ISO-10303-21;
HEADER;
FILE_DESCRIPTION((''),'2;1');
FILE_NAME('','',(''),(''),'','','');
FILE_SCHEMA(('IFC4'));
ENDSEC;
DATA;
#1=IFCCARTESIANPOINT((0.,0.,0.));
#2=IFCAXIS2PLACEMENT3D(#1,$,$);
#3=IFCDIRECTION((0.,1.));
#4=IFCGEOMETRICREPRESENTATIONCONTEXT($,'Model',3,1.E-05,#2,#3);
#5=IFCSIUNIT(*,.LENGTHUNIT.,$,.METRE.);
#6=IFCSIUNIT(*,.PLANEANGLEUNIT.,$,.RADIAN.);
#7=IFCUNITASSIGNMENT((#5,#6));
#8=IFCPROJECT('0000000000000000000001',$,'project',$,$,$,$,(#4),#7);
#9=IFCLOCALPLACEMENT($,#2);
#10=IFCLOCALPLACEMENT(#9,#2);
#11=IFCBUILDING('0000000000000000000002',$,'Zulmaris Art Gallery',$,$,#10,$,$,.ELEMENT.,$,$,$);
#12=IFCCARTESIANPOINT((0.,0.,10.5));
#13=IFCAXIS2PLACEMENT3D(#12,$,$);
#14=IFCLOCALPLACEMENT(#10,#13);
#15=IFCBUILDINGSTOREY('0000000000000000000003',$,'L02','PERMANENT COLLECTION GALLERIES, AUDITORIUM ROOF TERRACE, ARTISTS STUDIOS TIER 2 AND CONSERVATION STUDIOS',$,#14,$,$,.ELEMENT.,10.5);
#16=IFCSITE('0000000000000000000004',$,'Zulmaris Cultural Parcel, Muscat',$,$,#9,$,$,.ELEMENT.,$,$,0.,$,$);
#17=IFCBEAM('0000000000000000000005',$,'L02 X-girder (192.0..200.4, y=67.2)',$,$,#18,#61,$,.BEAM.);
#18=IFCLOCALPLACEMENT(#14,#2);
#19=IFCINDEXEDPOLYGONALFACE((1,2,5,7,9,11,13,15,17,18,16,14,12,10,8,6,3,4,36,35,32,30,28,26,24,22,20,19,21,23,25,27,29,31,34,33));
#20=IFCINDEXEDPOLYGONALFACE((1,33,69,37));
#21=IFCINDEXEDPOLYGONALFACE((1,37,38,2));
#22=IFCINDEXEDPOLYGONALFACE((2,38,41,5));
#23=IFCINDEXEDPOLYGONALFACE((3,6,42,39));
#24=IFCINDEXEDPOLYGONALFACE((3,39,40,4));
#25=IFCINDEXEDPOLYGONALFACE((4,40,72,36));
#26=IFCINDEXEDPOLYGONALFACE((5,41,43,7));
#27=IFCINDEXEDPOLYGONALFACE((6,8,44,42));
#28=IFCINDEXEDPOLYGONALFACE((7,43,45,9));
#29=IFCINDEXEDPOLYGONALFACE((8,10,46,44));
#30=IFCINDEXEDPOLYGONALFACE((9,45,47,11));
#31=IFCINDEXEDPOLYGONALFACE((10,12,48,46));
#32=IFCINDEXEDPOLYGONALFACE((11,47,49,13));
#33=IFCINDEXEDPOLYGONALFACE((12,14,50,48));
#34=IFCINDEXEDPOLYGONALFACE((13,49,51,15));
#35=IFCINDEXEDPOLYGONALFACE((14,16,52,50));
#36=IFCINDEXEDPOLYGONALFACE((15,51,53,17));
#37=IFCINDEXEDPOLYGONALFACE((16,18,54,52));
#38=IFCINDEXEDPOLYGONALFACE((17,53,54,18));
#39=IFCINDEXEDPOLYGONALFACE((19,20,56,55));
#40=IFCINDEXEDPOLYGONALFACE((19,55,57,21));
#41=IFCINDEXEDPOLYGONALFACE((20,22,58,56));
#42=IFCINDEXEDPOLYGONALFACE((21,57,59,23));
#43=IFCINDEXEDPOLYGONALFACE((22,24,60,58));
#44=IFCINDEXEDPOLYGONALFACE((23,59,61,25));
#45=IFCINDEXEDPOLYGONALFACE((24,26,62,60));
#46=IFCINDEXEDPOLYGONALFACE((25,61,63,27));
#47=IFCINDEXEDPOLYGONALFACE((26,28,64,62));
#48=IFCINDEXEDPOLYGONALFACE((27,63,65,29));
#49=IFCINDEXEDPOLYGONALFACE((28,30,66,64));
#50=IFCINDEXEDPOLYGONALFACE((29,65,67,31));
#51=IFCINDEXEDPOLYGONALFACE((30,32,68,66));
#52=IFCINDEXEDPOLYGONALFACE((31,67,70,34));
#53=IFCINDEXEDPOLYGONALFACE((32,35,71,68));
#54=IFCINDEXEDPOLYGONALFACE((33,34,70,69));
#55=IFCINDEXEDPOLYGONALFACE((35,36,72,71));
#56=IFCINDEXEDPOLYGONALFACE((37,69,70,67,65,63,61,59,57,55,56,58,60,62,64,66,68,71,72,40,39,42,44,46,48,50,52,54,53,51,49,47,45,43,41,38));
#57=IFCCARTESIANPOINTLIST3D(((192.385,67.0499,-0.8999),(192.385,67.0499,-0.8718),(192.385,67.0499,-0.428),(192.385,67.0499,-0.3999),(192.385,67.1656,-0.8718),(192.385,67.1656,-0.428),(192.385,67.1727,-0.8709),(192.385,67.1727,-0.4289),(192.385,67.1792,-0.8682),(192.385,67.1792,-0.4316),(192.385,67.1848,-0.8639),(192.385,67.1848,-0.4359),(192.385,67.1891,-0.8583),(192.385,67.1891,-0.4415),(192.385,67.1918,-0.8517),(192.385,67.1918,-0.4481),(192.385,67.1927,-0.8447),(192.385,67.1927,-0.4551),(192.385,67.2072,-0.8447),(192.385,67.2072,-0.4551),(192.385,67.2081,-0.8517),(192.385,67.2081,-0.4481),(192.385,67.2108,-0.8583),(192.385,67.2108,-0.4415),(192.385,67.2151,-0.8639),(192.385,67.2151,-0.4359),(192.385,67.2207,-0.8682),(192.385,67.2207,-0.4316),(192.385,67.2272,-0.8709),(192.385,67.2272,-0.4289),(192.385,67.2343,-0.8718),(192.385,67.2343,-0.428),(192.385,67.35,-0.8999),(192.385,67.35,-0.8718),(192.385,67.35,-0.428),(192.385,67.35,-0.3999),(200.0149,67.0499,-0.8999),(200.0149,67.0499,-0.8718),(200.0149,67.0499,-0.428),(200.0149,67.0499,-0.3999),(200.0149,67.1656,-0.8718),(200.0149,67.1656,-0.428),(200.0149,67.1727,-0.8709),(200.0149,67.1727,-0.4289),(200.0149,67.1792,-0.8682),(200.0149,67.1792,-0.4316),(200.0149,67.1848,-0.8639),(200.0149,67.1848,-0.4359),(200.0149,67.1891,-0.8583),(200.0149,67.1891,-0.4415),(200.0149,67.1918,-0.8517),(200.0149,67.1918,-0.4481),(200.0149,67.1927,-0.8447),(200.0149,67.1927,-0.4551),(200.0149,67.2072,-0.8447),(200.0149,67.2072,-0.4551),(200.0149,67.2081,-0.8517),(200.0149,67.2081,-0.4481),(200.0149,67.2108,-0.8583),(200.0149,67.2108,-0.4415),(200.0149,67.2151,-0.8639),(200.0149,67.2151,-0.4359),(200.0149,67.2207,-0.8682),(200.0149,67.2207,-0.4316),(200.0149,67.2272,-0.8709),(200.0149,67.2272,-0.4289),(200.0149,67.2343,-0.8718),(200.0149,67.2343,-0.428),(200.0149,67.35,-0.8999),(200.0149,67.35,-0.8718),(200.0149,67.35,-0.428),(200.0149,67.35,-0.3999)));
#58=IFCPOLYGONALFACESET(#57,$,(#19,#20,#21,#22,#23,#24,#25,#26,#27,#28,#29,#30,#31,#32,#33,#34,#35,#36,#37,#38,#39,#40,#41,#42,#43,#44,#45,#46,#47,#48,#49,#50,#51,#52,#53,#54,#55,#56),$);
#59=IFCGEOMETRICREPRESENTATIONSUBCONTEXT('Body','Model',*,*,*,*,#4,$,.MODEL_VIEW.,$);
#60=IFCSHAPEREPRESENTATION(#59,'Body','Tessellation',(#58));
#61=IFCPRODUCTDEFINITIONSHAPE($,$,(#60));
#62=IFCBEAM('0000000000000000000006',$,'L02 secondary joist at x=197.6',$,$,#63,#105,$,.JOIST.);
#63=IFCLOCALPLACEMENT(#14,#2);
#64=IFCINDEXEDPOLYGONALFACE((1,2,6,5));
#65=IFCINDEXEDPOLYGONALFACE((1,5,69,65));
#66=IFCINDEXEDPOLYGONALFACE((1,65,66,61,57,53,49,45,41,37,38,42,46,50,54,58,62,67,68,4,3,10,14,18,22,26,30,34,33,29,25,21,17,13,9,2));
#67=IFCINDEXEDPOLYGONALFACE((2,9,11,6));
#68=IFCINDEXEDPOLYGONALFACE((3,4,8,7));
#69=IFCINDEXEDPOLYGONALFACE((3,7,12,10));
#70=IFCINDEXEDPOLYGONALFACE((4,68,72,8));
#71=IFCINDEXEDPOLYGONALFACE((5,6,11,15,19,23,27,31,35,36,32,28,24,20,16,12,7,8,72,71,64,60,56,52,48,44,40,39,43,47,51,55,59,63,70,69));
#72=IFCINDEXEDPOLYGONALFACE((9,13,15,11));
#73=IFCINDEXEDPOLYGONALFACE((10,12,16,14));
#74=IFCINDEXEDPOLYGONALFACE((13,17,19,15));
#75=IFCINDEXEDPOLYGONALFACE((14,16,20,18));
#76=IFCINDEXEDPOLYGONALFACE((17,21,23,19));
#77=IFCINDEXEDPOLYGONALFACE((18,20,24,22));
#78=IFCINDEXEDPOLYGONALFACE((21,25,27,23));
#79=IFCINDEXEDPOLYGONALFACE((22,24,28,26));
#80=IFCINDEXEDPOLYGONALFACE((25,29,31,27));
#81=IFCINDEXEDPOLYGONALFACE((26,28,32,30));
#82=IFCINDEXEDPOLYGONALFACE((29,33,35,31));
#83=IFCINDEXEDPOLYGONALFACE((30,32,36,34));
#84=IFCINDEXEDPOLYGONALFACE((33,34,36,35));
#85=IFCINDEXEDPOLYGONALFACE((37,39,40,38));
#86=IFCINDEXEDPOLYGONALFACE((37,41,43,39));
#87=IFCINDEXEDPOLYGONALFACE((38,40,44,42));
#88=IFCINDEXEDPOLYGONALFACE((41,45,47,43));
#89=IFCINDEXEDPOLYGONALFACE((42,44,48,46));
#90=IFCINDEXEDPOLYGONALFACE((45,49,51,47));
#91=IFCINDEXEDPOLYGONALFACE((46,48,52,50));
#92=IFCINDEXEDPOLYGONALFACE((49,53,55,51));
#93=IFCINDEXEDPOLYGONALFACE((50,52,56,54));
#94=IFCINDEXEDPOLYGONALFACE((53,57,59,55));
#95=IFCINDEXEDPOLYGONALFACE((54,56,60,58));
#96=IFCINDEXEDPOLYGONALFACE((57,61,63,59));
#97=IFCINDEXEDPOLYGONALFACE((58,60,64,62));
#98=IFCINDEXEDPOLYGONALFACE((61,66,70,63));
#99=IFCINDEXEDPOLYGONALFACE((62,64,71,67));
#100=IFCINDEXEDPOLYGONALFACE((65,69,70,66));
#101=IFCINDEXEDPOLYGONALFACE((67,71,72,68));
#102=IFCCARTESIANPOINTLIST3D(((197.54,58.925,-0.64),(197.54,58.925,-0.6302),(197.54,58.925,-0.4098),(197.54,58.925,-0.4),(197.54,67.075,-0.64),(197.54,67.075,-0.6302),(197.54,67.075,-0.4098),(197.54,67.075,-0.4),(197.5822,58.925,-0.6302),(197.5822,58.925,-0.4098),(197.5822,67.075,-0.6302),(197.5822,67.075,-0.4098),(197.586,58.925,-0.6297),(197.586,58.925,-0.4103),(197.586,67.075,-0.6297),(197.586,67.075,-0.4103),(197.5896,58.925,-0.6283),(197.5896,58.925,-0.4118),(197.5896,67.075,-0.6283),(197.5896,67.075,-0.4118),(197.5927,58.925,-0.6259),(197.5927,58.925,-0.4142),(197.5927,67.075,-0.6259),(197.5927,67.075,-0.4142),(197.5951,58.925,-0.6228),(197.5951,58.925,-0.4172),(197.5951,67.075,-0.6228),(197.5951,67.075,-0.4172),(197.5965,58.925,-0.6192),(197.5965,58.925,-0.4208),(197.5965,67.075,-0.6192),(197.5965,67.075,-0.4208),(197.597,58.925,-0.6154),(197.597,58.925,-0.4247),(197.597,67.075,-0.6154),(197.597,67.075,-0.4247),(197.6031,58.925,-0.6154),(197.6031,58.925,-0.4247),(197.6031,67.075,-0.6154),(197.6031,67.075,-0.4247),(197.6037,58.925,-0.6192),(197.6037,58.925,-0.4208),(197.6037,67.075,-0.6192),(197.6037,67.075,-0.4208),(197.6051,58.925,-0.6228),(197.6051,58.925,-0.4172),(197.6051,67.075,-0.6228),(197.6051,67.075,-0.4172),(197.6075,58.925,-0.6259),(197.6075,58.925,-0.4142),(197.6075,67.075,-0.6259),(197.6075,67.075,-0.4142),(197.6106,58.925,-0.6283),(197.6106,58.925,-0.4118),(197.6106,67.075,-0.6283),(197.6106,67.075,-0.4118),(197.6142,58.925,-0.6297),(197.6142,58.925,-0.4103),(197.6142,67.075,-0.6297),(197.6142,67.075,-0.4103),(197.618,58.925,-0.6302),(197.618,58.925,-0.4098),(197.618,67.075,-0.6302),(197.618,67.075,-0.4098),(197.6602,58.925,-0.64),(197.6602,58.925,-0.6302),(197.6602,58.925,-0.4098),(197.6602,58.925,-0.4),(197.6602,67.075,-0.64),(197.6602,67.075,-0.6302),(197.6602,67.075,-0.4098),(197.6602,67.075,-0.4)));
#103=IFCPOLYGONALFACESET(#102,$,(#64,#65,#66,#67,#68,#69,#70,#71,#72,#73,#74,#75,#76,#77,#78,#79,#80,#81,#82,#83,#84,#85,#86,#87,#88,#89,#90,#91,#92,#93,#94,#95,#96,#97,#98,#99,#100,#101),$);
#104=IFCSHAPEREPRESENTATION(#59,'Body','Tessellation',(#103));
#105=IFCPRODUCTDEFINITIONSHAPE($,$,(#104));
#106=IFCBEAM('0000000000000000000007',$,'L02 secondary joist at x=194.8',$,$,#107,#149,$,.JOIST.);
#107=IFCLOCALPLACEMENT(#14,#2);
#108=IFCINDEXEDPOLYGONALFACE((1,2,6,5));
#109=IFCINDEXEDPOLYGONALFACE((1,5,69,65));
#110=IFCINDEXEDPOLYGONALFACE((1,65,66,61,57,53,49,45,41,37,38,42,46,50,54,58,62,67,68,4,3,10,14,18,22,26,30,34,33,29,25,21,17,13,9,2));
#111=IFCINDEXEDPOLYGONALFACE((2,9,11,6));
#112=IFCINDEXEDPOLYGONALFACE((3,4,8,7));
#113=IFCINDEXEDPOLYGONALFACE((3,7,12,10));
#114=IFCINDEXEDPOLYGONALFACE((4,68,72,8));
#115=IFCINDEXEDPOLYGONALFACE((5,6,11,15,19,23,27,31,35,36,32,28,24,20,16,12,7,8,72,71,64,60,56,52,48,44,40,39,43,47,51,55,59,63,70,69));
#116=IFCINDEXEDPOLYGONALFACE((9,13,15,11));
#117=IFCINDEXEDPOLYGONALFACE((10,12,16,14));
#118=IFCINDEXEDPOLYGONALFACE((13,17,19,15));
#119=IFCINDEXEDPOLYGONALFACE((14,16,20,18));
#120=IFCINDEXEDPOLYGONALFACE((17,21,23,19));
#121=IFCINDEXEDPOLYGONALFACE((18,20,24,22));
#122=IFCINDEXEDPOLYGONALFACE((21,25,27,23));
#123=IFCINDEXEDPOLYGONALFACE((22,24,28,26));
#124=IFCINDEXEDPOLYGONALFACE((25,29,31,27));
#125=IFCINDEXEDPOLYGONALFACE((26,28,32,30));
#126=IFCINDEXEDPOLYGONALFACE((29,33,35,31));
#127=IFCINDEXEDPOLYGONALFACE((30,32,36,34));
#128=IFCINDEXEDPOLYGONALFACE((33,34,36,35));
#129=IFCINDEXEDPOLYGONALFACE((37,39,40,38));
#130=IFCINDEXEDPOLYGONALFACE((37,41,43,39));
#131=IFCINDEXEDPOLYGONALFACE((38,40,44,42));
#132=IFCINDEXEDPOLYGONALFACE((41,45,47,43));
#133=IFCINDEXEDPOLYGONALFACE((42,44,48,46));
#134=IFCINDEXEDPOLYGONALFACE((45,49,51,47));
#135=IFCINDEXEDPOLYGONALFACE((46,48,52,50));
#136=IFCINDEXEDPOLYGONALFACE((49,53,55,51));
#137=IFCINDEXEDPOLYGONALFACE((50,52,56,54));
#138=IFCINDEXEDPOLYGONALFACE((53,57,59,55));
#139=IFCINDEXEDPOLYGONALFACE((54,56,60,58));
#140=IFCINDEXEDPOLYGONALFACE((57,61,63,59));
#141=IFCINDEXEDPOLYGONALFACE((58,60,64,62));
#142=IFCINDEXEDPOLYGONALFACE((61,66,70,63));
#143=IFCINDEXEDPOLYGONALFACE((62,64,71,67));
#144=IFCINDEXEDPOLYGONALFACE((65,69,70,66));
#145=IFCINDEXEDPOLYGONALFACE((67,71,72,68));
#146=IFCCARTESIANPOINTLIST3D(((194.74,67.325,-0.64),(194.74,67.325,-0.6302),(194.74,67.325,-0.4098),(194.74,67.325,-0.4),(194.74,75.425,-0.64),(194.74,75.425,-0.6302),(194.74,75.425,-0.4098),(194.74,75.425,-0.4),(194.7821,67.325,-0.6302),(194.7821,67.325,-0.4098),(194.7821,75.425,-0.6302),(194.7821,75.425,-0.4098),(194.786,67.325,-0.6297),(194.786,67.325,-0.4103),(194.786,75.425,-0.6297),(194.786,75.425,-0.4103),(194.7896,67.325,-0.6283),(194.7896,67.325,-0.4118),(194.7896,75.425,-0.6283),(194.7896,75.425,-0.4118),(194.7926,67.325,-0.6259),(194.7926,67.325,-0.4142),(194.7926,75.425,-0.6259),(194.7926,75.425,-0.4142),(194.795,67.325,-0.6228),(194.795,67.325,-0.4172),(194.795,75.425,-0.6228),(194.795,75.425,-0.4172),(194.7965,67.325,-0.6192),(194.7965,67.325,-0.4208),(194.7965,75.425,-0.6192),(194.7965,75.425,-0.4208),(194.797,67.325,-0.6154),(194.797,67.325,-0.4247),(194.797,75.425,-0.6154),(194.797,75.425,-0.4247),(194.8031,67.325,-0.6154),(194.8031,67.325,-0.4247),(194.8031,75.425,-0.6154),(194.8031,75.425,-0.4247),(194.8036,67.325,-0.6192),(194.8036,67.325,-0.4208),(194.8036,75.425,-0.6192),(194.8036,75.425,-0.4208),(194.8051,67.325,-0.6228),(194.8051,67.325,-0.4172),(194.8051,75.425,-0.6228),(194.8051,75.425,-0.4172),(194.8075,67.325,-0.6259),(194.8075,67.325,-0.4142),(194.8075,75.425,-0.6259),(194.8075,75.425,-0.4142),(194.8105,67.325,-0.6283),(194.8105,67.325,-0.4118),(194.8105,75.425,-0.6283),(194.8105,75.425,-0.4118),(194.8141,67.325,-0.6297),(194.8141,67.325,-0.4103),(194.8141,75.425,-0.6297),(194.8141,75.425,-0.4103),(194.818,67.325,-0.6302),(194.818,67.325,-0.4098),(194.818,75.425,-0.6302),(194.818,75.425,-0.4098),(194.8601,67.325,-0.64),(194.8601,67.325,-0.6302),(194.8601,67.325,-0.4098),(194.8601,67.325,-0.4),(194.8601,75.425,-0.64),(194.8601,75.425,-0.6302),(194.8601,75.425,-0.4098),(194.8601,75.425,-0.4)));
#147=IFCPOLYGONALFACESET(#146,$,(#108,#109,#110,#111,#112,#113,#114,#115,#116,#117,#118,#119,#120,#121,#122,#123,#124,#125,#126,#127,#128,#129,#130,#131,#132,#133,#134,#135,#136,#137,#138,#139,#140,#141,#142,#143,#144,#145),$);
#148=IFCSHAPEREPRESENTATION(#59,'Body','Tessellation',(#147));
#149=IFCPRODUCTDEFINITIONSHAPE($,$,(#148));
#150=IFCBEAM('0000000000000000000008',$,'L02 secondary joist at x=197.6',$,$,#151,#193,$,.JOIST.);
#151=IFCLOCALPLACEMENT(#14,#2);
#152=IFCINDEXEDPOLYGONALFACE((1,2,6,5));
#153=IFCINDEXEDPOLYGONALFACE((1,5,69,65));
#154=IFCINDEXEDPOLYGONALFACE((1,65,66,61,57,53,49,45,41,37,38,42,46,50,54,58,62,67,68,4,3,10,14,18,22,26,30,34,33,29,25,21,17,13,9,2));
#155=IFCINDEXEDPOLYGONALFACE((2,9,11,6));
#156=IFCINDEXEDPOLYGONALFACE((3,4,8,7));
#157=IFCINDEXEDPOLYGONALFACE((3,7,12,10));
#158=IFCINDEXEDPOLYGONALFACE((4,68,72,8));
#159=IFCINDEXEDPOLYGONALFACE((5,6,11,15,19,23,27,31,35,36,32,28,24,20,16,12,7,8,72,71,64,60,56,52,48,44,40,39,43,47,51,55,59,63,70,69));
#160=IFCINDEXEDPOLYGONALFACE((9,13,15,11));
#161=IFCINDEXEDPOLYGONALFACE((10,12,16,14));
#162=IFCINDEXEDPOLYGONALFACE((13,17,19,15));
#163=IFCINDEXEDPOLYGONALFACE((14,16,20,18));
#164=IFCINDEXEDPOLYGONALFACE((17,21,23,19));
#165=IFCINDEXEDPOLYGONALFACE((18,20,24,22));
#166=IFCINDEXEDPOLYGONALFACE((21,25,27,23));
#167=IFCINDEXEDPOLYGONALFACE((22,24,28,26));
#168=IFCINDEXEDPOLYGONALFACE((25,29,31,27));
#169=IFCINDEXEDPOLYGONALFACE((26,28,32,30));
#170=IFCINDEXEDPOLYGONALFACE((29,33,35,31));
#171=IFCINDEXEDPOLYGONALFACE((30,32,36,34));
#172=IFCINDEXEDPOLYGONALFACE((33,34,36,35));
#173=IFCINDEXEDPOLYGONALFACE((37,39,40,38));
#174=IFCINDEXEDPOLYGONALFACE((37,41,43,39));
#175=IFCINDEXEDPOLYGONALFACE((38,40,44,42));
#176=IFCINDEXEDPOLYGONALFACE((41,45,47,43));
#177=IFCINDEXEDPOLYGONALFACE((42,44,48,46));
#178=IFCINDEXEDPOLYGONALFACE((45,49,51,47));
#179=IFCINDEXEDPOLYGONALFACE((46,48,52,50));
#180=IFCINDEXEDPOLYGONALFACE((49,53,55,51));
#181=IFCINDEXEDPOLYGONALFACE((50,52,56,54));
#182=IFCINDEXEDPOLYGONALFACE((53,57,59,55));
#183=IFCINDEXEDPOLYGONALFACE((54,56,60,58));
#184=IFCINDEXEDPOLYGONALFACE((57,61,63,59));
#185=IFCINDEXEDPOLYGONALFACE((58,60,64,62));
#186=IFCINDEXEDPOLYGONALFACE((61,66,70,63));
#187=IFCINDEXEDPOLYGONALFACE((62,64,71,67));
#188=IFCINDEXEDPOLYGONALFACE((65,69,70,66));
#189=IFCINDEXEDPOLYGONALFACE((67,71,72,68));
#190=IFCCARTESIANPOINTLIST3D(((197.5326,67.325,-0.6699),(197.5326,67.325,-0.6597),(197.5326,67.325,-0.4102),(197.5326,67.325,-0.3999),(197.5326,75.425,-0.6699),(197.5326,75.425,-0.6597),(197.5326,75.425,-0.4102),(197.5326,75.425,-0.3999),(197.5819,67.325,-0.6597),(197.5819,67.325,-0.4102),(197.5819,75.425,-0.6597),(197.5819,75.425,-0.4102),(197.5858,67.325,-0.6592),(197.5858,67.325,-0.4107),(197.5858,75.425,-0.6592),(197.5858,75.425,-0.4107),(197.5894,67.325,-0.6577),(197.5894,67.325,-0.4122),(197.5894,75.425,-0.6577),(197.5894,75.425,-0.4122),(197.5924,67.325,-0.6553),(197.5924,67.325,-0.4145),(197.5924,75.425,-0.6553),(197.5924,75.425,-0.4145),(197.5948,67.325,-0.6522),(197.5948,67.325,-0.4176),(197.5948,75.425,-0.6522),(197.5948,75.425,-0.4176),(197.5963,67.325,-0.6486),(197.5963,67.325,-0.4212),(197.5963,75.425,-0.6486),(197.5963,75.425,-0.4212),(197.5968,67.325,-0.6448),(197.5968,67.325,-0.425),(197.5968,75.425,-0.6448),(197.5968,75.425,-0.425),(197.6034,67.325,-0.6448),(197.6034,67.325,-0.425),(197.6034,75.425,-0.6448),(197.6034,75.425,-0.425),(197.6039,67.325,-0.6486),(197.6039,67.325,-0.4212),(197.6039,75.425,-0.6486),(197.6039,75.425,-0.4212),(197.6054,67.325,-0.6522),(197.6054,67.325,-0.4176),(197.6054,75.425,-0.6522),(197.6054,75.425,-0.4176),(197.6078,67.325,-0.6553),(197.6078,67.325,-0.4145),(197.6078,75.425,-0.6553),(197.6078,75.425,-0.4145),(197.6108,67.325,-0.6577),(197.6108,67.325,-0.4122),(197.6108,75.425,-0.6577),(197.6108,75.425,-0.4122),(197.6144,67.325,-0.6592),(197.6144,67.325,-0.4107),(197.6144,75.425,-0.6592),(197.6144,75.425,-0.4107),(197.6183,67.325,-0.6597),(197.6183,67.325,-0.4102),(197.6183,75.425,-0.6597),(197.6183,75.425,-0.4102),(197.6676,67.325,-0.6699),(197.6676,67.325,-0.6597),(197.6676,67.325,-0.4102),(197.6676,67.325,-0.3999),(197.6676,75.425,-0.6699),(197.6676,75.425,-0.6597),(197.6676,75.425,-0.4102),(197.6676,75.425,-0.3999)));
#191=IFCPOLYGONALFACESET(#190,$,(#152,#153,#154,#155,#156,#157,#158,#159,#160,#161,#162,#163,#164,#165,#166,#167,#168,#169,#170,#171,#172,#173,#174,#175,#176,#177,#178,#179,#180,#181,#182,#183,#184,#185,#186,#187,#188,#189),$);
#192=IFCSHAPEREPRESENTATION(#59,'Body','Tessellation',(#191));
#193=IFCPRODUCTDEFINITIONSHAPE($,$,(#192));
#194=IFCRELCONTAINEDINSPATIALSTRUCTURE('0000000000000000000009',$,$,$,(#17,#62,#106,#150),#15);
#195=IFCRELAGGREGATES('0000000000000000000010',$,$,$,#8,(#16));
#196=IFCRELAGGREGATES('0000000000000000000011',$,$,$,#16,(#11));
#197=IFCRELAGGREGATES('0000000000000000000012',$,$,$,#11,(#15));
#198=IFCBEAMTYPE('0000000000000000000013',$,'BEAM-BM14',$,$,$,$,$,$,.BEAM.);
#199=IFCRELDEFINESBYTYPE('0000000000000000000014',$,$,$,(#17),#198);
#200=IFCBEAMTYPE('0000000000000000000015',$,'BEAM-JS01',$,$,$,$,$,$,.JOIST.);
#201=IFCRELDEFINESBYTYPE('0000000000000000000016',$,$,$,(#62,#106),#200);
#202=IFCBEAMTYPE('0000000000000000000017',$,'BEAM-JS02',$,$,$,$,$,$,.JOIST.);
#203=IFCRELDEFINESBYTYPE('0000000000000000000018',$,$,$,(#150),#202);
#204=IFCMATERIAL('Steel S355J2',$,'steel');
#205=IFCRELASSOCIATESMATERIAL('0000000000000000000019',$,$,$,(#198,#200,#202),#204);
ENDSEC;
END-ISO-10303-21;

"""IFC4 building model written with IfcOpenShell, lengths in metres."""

from ifc_helpers import new_model, si_unit, direction, frame, origin, origin_2d, place, context, subcontext, project, spatial, i_section, extrude, material, material_profile, profile_set, type_object, element, save


model = new_model("IFC4")

# Units and contexts
model_context = context("Model", 3, precision=1e-05, world=origin(), true_north=direction((0.0, 1.0)))
body_context = subcontext(model_context, "Body", "Model", "MODEL_VIEW")
ifc_project = project(units=[si_unit("LENGTHUNIT", "METRE"), si_unit("PLANEANGLEUNIT", "RADIAN")], contexts=[model_context])

# Site, building, storey
site_placement = place(None, origin())
site = spatial("IfcSite", under=ifc_project, at=site_placement, Name="Zulmaris Cultural Parcel, Muscat", CompositionType="ELEMENT", RefElevation=0.0)
building_placement = place(site_placement, origin())
building = spatial("IfcBuilding", under=site, at=building_placement, Name="Zulmaris Art Gallery", CompositionType="ELEMENT")
storey_placement = place(building_placement, frame((0.0, 0.0, 10.5)))
storey = spatial("IfcBuildingStorey", under=building, at=storey_placement, Name="L02", Description="PERMANENT COLLECTION GALLERIES, AUDITORIUM ROOF TERRACE, ARTISTS STUDIOS TIER 2 AND CONSERVATION STUDIOS", CompositionType="ELEMENT", Elevation=10.5)

# Beams
ifc_material_1 = material(Name="Steel S355J2", Category="steel")
ifc_material_profile_1 = material_profile(ifc_material_1, i_section(OverallWidth=0.3, OverallDepth=0.5, WebThickness=0.0144, FlangeThickness=0.0281, FilletRadius=0.0271, at=origin_2d()), Name="HEB 500")
ifc_profile_set_1 = profile_set([ifc_material_profile_1], Name="Steel S355J2")
beam_type_1 = type_object("IfcBeamType", Name="BEAM-BM14", PredefinedType="BEAM", material=ifc_profile_set_1)
for number, where, z_axis, x_axis, name in (
    (1, (192.385, 67.2, -0.6499), (1.0, 0.0, 0.0), (0.0, 1.0, 0.0), "L02 X-girder (192.0..200.4, y=67.2)"),
):
    element("IfcBeam", number, at=place(storey_placement, frame(where, z_axis=z_axis, x_axis=x_axis)), inside=storey, type_object=beam_type_1, Name=name, PredefinedType="BEAM", context=body_context, shape_type="SweptSolid", body=[
        extrude(i_section(OverallWidth=0.3, OverallDepth=0.5, WebThickness=0.0144, FlangeThickness=0.0281, FilletRadius=0.0271, at=origin_2d()), origin(), (0.0, 0.0, 1.0), 7.6299),
    ])
ifc_material_profile_2 = material_profile(ifc_material_1, i_section(OverallWidth=0.1201, OverallDepth=0.24, WebThickness=0.0061, FlangeThickness=0.0098, FilletRadius=0.0149, at=origin_2d()), Name="IPE 240")
ifc_profile_set_2 = profile_set([ifc_material_profile_2], Name="Steel S355J2")
beam_type_2 = type_object("IfcBeamType", Name="BEAM-JS01", PredefinedType="JOIST", material=ifc_profile_set_2)
beam_1_placement = place(storey_placement, frame((197.6001, 58.925, -0.52), z_axis=(0.0, 1.0, 0.0), x_axis=(-1.0, 0.0, 0.0)))
element("IfcBeam", 2, at=beam_1_placement, inside=storey, type_object=beam_type_2, Name="L02 secondary joist at x=197.6", PredefinedType="JOIST", context=body_context, shape_type="SweptSolid", body=[
    extrude(i_section(OverallWidth=0.1201, OverallDepth=0.24, WebThickness=0.0061, FlangeThickness=0.0098, FilletRadius=0.0149, at=origin_2d()), origin(), (0.0, 0.0, 1.0), 8.1499),
])
beam_2_placement = place(storey_placement, frame((194.8, 67.325, -0.52), z_axis=(0.0, 1.0, 0.0), x_axis=(-1.0, 0.0, 0.0)))
element("IfcBeam", 3, at=beam_2_placement, inside=storey, type_object=beam_type_2, Name="L02 secondary joist at x=194.8", PredefinedType="JOIST", context=body_context, shape_type="SweptSolid", body=[
    extrude(i_section(OverallWidth=0.1201, OverallDepth=0.24, WebThickness=0.0061, FlangeThickness=0.0098, FilletRadius=0.0149, at=origin_2d()), origin(), (0.0, 0.0, 1.0), 8.1001),
])
ifc_material_profile_3 = material_profile(ifc_material_1, i_section(OverallWidth=0.135, OverallDepth=0.27, WebThickness=0.0066, FlangeThickness=0.0103, FilletRadius=0.0149, at=origin_2d()), Name="IPE 270")
ifc_profile_set_3 = profile_set([ifc_material_profile_3], Name="Steel S355J2")
beam_type_3 = type_object("IfcBeamType", Name="BEAM-JS02", PredefinedType="JOIST", material=ifc_profile_set_3)
beam_3_placement = place(storey_placement, frame((197.6001, 67.325, -0.5349), z_axis=(0.0, 1.0, 0.0), x_axis=(-1.0, 0.0, 0.0)))
element("IfcBeam", 4, at=beam_3_placement, inside=storey, type_object=beam_type_3, Name="L02 secondary joist at x=197.6", PredefinedType="JOIST", context=body_context, shape_type="SweptSolid", body=[
    extrude(i_section(OverallWidth=0.135, OverallDepth=0.27, WebThickness=0.0066, FlangeThickness=0.0103, FilletRadius=0.0149, at=origin_2d()), origin(), (0.0, 0.0, 1.0), 8.1001),
])

save(model, "model.ifc")
